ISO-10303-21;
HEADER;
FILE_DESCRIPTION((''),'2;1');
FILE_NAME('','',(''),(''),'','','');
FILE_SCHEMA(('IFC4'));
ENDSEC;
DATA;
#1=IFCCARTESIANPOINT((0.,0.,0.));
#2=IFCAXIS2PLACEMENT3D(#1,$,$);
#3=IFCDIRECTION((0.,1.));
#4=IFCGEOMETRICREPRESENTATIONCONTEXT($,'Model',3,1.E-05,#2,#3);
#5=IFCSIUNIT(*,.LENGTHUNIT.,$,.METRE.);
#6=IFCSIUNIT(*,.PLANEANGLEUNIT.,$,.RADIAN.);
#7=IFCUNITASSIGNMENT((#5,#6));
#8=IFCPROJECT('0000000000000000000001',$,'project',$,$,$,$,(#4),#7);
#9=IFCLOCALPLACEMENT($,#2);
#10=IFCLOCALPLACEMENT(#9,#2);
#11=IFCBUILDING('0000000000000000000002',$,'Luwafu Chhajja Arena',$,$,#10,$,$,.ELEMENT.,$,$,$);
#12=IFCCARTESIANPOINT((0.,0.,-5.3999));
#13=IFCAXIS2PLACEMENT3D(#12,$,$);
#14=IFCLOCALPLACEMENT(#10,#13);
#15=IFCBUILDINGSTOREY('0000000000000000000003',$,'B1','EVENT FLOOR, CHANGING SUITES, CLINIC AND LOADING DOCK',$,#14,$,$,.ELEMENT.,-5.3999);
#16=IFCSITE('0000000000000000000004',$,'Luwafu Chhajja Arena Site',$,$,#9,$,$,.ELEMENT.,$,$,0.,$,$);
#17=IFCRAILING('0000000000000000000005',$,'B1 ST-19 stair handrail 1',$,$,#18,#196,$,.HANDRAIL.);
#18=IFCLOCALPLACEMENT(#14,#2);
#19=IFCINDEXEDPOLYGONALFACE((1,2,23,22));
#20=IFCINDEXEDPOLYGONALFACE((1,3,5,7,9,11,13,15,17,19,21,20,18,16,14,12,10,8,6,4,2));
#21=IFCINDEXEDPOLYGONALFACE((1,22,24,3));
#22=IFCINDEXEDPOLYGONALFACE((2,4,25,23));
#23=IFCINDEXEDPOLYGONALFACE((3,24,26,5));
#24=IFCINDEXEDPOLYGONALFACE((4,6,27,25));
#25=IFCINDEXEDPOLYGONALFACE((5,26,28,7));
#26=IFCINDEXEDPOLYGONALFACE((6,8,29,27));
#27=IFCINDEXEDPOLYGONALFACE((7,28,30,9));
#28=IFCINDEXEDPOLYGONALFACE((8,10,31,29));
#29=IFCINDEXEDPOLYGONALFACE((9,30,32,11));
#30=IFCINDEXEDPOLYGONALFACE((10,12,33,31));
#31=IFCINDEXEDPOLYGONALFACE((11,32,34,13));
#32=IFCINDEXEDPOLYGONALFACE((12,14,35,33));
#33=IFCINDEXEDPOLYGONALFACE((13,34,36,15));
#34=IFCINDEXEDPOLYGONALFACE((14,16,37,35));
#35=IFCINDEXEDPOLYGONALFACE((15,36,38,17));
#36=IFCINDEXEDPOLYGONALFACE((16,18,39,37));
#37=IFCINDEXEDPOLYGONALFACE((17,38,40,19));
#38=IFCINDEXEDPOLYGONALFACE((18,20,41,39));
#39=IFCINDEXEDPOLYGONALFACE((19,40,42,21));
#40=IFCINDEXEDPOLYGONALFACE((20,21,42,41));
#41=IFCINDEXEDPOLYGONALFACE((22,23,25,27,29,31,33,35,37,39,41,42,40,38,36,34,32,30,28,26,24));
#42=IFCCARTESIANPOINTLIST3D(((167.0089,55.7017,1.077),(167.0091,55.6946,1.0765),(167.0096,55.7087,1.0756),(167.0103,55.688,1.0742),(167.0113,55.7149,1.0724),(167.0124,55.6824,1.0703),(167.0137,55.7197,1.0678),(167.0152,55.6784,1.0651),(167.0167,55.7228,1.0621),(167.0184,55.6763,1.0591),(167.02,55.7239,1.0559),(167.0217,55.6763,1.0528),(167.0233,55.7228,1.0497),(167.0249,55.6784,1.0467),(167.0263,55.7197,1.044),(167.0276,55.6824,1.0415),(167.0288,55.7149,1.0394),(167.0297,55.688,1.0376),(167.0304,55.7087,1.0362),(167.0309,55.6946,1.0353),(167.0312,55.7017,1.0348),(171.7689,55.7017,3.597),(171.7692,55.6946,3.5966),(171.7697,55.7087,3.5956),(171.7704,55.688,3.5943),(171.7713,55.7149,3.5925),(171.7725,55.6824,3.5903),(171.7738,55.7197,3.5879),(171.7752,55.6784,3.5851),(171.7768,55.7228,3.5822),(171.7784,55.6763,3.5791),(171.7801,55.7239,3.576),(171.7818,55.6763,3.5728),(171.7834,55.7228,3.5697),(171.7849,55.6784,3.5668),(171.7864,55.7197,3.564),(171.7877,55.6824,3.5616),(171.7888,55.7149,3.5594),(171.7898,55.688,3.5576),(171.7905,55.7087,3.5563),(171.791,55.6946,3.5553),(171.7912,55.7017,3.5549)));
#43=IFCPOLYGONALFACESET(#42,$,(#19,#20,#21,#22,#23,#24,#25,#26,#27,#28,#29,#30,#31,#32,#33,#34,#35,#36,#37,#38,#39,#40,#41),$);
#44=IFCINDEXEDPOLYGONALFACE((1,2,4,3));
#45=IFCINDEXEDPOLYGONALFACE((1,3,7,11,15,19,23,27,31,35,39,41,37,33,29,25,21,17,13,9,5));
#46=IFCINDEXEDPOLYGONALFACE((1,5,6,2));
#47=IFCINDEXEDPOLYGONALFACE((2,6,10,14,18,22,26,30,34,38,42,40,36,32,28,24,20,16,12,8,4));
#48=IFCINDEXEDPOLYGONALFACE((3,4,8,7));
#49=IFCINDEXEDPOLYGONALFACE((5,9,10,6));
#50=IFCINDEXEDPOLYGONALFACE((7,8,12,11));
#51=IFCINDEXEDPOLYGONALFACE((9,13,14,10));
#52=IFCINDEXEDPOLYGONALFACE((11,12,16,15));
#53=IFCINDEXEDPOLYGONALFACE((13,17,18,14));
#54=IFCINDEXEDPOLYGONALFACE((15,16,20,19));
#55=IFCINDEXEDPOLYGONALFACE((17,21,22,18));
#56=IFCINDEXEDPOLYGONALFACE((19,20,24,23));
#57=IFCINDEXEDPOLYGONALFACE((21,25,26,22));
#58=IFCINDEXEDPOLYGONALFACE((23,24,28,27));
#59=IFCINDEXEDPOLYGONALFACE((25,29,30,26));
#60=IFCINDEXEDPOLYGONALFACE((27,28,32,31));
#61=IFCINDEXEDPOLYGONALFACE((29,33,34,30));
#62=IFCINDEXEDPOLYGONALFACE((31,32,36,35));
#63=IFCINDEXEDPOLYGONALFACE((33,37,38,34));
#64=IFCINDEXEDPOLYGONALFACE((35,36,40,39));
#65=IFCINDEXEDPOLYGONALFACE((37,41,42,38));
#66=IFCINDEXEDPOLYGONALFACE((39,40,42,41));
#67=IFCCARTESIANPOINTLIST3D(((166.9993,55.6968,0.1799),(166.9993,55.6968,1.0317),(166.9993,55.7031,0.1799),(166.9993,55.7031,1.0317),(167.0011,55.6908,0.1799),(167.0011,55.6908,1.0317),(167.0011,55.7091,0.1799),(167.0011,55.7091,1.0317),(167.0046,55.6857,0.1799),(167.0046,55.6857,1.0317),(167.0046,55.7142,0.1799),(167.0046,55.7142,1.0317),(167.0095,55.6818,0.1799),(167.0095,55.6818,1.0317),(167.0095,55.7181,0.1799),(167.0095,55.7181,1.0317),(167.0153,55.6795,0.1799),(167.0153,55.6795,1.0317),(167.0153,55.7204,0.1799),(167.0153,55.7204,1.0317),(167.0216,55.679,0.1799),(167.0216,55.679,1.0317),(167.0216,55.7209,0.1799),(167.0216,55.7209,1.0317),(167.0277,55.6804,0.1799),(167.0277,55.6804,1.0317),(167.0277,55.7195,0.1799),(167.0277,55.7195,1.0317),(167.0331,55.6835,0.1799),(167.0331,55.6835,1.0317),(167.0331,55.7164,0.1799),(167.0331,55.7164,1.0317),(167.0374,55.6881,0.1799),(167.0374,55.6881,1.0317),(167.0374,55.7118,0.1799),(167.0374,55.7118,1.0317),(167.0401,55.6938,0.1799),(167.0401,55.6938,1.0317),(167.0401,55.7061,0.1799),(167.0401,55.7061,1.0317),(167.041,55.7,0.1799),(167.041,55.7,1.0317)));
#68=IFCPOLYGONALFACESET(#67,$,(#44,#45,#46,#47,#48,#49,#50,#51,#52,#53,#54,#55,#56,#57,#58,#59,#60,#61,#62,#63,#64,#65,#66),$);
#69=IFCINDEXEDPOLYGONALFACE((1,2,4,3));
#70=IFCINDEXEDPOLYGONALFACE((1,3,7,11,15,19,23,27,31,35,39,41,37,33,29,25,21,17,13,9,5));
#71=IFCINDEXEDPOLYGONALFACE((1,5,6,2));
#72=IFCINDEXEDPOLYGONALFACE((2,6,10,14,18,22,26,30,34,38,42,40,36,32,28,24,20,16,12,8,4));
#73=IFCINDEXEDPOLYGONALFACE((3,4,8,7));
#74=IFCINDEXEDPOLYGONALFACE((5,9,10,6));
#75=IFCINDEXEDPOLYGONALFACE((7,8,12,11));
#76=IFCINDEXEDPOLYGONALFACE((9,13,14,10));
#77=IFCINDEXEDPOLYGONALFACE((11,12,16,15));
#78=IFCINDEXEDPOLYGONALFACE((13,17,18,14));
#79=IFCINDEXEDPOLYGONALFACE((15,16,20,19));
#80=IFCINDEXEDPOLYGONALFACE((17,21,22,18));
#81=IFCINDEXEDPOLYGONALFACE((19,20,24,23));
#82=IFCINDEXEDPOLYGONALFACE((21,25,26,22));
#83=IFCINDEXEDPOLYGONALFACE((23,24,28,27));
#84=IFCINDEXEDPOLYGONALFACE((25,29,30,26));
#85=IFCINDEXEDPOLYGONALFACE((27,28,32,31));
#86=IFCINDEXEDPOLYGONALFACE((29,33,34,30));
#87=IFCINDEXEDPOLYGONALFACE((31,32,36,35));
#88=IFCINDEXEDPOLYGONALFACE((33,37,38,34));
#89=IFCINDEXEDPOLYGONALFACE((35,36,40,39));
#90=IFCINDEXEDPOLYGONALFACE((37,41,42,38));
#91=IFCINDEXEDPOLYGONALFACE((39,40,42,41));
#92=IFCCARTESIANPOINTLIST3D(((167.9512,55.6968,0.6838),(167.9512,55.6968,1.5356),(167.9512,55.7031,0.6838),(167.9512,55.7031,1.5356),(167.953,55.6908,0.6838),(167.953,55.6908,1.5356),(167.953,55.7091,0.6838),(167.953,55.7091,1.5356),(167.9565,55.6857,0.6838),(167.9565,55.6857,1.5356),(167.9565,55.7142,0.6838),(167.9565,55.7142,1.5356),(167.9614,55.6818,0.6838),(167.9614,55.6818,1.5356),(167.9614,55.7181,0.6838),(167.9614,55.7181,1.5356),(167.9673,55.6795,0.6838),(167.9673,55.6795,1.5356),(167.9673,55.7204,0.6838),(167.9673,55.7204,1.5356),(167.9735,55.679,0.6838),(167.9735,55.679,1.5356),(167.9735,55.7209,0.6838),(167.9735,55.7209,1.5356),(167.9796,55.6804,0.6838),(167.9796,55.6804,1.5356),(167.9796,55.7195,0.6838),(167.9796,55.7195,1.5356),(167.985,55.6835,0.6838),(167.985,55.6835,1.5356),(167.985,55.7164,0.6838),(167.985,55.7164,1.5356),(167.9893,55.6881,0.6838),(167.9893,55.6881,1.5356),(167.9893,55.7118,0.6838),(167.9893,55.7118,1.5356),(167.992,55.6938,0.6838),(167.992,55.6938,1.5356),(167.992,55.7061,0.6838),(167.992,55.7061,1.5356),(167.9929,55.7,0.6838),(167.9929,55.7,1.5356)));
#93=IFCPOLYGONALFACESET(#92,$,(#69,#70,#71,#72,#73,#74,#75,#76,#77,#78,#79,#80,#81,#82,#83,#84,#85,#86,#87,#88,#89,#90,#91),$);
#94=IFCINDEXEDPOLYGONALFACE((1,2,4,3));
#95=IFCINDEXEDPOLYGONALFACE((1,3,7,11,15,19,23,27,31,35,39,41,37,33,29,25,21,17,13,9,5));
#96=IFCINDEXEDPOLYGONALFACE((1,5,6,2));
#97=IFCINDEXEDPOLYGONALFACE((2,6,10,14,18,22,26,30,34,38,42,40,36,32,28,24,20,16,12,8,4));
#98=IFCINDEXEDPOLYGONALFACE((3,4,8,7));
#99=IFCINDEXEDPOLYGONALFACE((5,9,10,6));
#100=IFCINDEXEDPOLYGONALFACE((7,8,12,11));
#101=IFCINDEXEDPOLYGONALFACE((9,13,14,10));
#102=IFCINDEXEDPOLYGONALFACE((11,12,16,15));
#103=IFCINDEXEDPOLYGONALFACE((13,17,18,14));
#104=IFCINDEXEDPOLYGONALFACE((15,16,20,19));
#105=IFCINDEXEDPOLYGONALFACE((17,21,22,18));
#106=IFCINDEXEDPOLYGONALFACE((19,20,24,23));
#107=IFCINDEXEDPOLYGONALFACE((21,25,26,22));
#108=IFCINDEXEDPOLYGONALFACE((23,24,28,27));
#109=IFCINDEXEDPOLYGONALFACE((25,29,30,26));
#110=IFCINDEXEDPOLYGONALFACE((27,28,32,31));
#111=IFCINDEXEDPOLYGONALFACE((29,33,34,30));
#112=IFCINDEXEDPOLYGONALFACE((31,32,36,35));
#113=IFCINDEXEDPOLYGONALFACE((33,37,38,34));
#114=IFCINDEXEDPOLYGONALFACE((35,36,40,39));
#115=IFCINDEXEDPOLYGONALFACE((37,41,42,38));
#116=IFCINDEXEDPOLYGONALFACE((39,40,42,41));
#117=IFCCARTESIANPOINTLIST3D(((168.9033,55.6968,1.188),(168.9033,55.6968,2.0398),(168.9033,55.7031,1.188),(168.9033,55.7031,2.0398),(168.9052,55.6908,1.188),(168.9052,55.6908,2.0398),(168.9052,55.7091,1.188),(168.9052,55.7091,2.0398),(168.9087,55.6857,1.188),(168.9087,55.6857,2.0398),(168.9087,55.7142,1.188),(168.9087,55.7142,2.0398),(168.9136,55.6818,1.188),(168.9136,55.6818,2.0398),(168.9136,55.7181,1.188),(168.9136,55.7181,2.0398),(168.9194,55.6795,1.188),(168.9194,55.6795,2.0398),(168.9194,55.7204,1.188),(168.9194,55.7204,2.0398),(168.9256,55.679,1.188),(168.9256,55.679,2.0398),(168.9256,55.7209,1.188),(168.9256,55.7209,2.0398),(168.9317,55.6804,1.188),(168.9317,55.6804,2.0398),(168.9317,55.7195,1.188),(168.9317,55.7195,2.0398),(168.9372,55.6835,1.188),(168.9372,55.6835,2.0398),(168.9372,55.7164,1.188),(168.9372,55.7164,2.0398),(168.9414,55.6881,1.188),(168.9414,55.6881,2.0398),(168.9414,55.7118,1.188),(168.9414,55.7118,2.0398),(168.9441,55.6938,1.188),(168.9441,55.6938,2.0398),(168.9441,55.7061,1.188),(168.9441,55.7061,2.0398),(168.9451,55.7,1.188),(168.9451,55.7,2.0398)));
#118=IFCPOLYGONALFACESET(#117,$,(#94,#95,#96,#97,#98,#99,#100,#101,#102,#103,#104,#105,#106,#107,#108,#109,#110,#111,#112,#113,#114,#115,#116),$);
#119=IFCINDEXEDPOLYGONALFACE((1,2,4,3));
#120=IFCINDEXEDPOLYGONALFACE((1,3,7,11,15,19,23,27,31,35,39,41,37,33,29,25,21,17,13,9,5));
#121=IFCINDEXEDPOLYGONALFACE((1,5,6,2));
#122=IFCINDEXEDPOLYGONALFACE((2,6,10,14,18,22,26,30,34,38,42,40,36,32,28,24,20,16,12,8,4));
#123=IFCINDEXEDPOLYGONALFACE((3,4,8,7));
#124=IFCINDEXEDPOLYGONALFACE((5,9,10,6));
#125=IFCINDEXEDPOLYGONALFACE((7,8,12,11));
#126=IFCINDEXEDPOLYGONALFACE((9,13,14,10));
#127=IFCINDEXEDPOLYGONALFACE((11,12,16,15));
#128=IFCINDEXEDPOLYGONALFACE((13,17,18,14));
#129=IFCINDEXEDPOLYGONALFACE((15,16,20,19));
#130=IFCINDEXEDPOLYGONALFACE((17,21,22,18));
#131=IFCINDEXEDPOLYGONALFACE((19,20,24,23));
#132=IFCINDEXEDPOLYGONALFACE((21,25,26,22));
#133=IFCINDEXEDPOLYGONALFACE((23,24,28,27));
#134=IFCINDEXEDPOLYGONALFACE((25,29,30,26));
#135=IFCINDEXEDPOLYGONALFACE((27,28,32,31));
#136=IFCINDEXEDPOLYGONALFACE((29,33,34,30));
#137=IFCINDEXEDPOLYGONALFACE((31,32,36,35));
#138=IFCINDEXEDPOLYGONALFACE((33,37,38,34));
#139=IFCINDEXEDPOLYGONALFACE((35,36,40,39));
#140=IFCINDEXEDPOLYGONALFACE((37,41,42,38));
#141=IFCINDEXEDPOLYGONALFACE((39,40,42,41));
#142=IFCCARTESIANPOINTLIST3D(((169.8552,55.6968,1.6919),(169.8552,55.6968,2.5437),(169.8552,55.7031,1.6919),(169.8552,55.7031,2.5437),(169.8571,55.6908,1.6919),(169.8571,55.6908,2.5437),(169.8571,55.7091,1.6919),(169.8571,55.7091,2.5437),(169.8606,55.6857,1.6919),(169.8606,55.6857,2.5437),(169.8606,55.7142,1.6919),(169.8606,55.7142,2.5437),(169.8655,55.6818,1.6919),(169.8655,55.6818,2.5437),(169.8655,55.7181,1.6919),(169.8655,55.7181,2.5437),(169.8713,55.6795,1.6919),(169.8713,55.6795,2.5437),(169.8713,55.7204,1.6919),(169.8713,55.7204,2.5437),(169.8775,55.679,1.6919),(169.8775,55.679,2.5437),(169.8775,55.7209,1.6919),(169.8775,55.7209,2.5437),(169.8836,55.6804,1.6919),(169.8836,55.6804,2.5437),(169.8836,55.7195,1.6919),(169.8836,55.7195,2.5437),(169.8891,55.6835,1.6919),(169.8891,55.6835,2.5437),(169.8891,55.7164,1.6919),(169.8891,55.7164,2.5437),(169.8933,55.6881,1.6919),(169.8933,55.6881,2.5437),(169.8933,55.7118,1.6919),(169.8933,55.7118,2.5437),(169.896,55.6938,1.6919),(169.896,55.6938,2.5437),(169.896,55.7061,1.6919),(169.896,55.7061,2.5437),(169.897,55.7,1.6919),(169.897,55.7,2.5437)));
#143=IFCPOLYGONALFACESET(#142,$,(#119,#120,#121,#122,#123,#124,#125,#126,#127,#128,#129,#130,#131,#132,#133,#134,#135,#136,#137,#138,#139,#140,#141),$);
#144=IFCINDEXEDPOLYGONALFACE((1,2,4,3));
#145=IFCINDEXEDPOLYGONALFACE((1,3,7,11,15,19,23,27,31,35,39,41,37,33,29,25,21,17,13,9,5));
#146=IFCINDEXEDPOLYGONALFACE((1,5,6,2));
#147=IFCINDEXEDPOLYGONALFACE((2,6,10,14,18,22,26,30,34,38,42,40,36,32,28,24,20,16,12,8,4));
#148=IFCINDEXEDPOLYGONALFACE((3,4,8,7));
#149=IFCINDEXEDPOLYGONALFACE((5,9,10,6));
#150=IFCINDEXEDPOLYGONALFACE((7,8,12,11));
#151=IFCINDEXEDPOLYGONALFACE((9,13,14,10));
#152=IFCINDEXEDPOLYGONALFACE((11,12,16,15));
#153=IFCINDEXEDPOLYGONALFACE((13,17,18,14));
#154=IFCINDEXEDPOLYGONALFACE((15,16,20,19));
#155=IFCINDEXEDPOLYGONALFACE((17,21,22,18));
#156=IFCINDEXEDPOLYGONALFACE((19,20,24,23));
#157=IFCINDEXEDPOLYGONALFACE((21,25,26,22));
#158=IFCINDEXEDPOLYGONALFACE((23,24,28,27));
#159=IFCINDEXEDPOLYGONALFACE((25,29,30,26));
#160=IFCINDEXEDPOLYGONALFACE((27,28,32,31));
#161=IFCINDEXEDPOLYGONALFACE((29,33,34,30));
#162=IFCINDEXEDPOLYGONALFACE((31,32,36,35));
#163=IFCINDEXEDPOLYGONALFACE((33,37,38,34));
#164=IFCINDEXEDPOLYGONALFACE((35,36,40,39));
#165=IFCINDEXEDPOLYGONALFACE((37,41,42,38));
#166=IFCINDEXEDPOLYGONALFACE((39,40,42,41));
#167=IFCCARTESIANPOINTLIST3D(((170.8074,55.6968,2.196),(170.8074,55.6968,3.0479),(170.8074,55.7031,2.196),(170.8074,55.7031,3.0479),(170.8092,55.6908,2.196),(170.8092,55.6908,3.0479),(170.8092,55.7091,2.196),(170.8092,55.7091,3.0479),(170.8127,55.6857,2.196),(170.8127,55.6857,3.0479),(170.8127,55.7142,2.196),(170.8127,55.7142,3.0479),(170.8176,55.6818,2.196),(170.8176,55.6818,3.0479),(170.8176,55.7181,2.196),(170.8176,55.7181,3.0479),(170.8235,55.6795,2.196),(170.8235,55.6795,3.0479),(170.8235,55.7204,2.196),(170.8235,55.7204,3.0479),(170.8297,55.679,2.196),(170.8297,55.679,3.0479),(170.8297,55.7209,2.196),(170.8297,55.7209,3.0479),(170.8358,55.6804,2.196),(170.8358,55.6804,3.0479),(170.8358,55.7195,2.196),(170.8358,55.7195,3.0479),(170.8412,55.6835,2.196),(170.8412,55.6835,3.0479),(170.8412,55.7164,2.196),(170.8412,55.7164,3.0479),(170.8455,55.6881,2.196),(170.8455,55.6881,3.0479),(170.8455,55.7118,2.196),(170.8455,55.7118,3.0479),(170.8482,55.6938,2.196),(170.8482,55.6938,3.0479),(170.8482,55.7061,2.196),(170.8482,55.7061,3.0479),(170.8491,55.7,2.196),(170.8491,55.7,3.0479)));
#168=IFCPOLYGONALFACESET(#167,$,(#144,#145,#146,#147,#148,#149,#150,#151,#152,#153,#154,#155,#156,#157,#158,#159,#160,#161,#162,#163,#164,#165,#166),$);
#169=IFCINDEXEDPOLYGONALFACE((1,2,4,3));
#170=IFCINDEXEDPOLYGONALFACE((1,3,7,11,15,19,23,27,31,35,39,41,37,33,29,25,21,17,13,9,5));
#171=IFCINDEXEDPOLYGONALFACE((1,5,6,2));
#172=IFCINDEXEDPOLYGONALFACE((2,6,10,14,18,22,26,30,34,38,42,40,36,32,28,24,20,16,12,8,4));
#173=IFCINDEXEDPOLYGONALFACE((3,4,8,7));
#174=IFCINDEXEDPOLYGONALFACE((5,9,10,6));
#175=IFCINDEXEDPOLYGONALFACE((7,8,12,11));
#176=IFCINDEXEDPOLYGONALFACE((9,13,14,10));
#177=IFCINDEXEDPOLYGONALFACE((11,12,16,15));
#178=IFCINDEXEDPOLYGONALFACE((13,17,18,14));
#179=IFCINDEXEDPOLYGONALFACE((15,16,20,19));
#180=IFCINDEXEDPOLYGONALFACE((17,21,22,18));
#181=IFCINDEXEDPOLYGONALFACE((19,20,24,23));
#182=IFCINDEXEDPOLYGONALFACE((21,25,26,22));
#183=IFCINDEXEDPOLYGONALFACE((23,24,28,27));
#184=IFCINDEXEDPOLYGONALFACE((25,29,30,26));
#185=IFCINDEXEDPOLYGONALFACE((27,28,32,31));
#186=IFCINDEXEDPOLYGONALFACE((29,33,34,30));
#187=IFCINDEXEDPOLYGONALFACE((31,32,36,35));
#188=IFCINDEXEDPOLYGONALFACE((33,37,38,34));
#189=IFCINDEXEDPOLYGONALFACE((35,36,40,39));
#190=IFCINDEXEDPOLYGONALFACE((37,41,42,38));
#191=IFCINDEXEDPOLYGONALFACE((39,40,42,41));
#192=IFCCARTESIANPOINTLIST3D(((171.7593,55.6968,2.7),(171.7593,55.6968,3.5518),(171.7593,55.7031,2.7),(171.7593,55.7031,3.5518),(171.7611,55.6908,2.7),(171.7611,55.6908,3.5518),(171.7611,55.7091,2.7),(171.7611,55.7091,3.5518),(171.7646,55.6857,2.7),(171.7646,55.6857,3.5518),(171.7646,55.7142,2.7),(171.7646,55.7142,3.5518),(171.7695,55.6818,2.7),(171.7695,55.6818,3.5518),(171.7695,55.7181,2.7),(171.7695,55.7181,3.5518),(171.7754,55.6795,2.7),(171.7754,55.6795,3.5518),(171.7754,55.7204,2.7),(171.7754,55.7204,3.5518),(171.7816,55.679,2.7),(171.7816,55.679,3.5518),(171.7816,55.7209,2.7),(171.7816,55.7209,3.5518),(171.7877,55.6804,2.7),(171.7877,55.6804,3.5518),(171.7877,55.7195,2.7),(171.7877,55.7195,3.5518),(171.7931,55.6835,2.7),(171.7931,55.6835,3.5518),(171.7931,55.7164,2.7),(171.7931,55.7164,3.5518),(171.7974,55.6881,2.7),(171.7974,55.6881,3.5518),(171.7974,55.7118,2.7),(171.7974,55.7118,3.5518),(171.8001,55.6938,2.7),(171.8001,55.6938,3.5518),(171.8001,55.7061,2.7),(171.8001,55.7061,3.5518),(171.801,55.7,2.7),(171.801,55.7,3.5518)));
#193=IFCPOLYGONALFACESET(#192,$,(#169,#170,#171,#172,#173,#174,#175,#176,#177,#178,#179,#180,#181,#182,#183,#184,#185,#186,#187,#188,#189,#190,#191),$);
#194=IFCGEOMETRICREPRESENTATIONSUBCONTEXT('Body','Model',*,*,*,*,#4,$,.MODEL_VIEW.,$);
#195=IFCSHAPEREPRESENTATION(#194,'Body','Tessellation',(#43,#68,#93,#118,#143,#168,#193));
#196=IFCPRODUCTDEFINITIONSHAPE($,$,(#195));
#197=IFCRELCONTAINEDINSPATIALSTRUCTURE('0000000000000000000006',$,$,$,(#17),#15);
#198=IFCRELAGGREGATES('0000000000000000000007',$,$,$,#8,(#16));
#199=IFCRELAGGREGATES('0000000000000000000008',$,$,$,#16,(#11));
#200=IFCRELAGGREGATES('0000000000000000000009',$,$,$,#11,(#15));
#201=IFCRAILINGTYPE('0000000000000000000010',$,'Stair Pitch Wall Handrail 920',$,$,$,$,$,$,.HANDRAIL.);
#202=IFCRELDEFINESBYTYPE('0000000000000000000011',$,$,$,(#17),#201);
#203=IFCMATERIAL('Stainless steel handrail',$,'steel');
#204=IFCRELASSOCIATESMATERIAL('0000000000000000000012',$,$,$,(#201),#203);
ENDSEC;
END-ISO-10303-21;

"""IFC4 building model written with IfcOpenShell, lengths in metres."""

from ifc_helpers import new_model, si_unit, direction, frame, origin, origin_2d, place, context, subcontext, project, spatial, circle, extrude, material, type_object, element, save


model = new_model("IFC4")

# Units and contexts
model_context = context("Model", 3, precision=1e-05, world=origin(), true_north=direction((0.0, 1.0)))
body_context = subcontext(model_context, "Body", "Model", "MODEL_VIEW")
ifc_project = project(units=[si_unit("LENGTHUNIT", "METRE"), si_unit("PLANEANGLEUNIT", "RADIAN")], contexts=[model_context])

# Site, building, storey
site_placement = place(None, origin())
site = spatial("IfcSite", under=ifc_project, at=site_placement, Name="Luwafu Chhajja Arena Site", CompositionType="ELEMENT", RefElevation=0.0)
building_placement = place(site_placement, origin())
building = spatial("IfcBuilding", under=site, at=building_placement, Name="Luwafu Chhajja Arena", CompositionType="ELEMENT")
storey_placement = place(building_placement, frame((0.0, 0.0, -5.3999)))
storey = spatial("IfcBuildingStorey", under=building, at=storey_placement, Name="B1", Description="EVENT FLOOR, CHANGING SUITES, CLINIC AND LOADING DOCK", CompositionType="ELEMENT", Elevation=-5.3999)

# Railing
ifc_material_1 = material(Name="Stainless steel handrail", Category="steel")
railing_type_1 = type_object("IfcRailingType", Name="Stair Pitch Wall Handrail 920", PredefinedType="HANDRAIL", material=ifc_material_1)
for number, where, name in (
    (1, (167.02, 55.7, 0.1799), "B1 ST-19 stair handrail 1"),
):
    element("IfcRailing", number, at=place(storey_placement, frame(where)), inside=storey, type_object=railing_type_1, Name=name, PredefinedType="HANDRAIL", context=body_context, shape_type="SweptSolid", body=[
        extrude(circle(Radius=0.0239, at=origin_2d()), frame((0.0, 0.0, 0.876), z_axis=(0.883787, 0.0, 0.46789), x_axis=(0.0, 1.0, 0.0)), (0.0, 0.0, 1.0), 5.386),
        extrude(circle(Radius=0.021, at=origin_2d()), origin(), (0.0, 0.0, 1.0), 0.8518),
        extrude(circle(Radius=0.021, at=origin_2d()), frame((0.9519, 0.0, 0.5039)), (0.0, 0.0, 1.0), 0.8518),
        extrude(circle(Radius=0.021, at=origin_2d()), frame((1.9041, 0.0, 1.0081)), (0.0, 0.0, 1.0), 0.8518),
        extrude(circle(Radius=0.021, at=origin_2d()), frame((2.856, 0.0, 1.512)), (0.0, 0.0, 1.0), 0.8518),
        extrude(circle(Radius=0.021, at=origin_2d()), frame((3.8081, 0.0, 2.0161)), (0.0, 0.0, 1.0), 0.8518),
        extrude(circle(Radius=0.021, at=origin_2d()), frame((4.76, 0.0, 2.52)), (0.0, 0.0, 1.0), 0.8518),
    ])

save(model, "model.ifc")
